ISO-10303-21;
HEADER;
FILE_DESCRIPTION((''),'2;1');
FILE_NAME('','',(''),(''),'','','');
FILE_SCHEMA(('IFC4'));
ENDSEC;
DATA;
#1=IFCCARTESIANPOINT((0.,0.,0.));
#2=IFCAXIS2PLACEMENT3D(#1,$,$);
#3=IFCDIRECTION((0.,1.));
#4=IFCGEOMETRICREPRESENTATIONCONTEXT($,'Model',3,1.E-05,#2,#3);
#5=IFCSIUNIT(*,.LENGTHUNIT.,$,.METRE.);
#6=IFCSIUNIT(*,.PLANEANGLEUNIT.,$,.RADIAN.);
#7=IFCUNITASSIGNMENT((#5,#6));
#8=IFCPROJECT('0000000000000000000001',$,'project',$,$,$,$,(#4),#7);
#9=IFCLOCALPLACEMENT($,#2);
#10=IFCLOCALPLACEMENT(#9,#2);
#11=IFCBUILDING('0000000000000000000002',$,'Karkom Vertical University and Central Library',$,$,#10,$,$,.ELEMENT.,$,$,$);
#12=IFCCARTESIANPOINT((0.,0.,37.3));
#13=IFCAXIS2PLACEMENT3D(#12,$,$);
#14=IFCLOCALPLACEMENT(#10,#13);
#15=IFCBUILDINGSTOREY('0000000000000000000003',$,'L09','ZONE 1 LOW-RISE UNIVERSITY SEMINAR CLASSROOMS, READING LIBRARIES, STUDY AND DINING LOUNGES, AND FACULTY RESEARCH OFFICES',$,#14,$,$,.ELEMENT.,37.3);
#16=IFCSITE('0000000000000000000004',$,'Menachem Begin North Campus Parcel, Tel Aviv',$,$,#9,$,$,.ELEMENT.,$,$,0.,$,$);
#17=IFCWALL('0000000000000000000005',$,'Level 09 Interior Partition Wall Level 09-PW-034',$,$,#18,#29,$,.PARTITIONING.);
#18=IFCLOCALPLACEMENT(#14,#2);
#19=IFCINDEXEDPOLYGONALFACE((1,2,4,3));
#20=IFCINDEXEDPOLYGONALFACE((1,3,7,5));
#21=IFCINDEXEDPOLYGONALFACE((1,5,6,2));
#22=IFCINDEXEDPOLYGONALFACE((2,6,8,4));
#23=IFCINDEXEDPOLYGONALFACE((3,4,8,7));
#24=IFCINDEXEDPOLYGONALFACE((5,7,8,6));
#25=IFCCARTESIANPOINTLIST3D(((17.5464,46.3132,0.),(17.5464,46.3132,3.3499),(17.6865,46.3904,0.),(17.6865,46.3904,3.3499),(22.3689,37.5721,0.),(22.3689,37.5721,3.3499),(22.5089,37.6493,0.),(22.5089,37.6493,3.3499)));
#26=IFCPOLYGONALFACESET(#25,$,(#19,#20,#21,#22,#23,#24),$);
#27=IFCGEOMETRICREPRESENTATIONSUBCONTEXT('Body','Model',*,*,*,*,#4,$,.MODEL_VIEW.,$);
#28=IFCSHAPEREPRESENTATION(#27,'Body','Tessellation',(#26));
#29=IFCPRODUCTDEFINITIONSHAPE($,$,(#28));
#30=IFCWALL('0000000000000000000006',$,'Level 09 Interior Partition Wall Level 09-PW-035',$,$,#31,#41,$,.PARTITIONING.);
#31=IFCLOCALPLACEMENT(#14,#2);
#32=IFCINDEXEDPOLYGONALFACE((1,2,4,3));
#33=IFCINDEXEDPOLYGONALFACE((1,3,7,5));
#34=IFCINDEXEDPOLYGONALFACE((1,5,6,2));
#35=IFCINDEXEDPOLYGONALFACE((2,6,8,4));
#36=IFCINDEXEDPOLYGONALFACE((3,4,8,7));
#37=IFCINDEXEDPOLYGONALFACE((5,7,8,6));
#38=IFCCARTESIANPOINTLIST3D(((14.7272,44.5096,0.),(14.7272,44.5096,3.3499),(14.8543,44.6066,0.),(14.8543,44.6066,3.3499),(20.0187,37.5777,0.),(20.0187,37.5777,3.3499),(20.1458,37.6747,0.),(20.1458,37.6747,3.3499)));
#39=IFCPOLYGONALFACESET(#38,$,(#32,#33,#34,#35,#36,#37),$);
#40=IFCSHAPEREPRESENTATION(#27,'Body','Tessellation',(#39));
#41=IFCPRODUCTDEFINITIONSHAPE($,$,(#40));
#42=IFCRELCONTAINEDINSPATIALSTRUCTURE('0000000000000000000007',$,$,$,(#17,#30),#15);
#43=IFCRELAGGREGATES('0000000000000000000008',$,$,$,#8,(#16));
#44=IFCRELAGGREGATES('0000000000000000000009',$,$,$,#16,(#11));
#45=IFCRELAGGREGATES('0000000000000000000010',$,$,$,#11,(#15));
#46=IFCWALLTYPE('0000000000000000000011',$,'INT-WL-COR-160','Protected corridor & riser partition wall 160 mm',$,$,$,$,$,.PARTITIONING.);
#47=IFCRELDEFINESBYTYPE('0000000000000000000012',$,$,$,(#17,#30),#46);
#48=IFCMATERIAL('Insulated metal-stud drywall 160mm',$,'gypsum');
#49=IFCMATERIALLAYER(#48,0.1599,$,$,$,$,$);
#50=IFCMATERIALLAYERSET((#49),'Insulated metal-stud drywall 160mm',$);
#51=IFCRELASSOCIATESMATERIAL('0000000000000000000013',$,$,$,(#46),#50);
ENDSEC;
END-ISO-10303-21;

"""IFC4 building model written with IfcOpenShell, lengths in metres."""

from ifc_helpers import new_model, si_unit, direction, frame, frame_2d, origin, place, context, subcontext, project, spatial, rectangle, extrude, material, layer, layer_set, type_object, element, save


model = new_model("IFC4")

# Units and contexts
model_context = context("Model", 3, precision=1e-05, world=origin(), true_north=direction((0.0, 1.0)))
body_context = subcontext(model_context, "Body", "Model", "MODEL_VIEW")
ifc_project = project(units=[si_unit("LENGTHUNIT", "METRE"), si_unit("PLANEANGLEUNIT", "RADIAN")], contexts=[model_context])

# Site, building, storey
site_placement = place(None, origin())
site = spatial("IfcSite", under=ifc_project, at=site_placement, Name="Menachem Begin North Campus Parcel, Tel Aviv", CompositionType="ELEMENT", RefElevation=0.0)
building_placement = place(site_placement, origin())
building = spatial("IfcBuilding", under=site, at=building_placement, Name="Karkom Vertical University and Central Library", CompositionType="ELEMENT")
storey_placement = place(building_placement, frame((0.0, 0.0, 37.3)))
storey = spatial("IfcBuildingStorey", under=building, at=storey_placement, Name="L09", Description="ZONE 1 LOW-RISE UNIVERSITY SEMINAR CLASSROOMS, READING LIBRARIES, STUDY AND DINING LOUNGES, AND FACULTY RESEARCH OFFICES", CompositionType="ELEMENT", Elevation=37.3)

# Shared definitions
ifc_material_1 = material(Name="Insulated metal-stud drywall 160mm", Category="gypsum")
ifc_layer_1 = layer(ifc_material_1, 0.1599)
ifc_layer_set_1 = layer_set([ifc_layer_1], Name="Insulated metal-stud drywall 160mm")
wall_type_1 = type_object("IfcWallType", Name="INT-WL-COR-160", Description="Protected corridor & riser partition wall 160 mm", PredefinedType="PARTITIONING", material=ifc_layer_set_1)

# Walls
wall_1_placement = place(storey_placement, frame((22.439, 37.6106, 0.0), z_axis=(0.0, 0.0, 1.0), x_axis=(-0.48306, 0.875587, 0.0)))
element("IfcWall", 1, at=wall_1_placement, inside=storey, type_object=wall_type_1, Name="Level 09 Interior Partition Wall Level 09-PW-034", PredefinedType="PARTITIONING", context=body_context, shape_type="SweptSolid", body=[
    extrude(rectangle(XDim=9.9832, YDim=0.1599, at=frame_2d((4.9917, 0.0))), origin(), (0.0, 0.0, 1.0), 3.3499),
])
wall_2_placement = place(storey_placement, frame((20.0823, 37.6262, 0.0), z_axis=(0.0, 0.0, 1.0), x_axis=(-0.606773, 0.794875, 0.0)))
element("IfcWall", 2, at=wall_2_placement, inside=storey, type_object=wall_type_1, Name="Level 09 Interior Partition Wall Level 09-PW-035", PredefinedType="PARTITIONING", context=body_context, shape_type="SweptSolid", body=[
    extrude(rectangle(XDim=8.7207, YDim=0.1599, at=frame_2d((4.3604, 0.0))), origin(), (0.0, 0.0, 1.0), 3.3499),
])

save(model, "model.ifc")
